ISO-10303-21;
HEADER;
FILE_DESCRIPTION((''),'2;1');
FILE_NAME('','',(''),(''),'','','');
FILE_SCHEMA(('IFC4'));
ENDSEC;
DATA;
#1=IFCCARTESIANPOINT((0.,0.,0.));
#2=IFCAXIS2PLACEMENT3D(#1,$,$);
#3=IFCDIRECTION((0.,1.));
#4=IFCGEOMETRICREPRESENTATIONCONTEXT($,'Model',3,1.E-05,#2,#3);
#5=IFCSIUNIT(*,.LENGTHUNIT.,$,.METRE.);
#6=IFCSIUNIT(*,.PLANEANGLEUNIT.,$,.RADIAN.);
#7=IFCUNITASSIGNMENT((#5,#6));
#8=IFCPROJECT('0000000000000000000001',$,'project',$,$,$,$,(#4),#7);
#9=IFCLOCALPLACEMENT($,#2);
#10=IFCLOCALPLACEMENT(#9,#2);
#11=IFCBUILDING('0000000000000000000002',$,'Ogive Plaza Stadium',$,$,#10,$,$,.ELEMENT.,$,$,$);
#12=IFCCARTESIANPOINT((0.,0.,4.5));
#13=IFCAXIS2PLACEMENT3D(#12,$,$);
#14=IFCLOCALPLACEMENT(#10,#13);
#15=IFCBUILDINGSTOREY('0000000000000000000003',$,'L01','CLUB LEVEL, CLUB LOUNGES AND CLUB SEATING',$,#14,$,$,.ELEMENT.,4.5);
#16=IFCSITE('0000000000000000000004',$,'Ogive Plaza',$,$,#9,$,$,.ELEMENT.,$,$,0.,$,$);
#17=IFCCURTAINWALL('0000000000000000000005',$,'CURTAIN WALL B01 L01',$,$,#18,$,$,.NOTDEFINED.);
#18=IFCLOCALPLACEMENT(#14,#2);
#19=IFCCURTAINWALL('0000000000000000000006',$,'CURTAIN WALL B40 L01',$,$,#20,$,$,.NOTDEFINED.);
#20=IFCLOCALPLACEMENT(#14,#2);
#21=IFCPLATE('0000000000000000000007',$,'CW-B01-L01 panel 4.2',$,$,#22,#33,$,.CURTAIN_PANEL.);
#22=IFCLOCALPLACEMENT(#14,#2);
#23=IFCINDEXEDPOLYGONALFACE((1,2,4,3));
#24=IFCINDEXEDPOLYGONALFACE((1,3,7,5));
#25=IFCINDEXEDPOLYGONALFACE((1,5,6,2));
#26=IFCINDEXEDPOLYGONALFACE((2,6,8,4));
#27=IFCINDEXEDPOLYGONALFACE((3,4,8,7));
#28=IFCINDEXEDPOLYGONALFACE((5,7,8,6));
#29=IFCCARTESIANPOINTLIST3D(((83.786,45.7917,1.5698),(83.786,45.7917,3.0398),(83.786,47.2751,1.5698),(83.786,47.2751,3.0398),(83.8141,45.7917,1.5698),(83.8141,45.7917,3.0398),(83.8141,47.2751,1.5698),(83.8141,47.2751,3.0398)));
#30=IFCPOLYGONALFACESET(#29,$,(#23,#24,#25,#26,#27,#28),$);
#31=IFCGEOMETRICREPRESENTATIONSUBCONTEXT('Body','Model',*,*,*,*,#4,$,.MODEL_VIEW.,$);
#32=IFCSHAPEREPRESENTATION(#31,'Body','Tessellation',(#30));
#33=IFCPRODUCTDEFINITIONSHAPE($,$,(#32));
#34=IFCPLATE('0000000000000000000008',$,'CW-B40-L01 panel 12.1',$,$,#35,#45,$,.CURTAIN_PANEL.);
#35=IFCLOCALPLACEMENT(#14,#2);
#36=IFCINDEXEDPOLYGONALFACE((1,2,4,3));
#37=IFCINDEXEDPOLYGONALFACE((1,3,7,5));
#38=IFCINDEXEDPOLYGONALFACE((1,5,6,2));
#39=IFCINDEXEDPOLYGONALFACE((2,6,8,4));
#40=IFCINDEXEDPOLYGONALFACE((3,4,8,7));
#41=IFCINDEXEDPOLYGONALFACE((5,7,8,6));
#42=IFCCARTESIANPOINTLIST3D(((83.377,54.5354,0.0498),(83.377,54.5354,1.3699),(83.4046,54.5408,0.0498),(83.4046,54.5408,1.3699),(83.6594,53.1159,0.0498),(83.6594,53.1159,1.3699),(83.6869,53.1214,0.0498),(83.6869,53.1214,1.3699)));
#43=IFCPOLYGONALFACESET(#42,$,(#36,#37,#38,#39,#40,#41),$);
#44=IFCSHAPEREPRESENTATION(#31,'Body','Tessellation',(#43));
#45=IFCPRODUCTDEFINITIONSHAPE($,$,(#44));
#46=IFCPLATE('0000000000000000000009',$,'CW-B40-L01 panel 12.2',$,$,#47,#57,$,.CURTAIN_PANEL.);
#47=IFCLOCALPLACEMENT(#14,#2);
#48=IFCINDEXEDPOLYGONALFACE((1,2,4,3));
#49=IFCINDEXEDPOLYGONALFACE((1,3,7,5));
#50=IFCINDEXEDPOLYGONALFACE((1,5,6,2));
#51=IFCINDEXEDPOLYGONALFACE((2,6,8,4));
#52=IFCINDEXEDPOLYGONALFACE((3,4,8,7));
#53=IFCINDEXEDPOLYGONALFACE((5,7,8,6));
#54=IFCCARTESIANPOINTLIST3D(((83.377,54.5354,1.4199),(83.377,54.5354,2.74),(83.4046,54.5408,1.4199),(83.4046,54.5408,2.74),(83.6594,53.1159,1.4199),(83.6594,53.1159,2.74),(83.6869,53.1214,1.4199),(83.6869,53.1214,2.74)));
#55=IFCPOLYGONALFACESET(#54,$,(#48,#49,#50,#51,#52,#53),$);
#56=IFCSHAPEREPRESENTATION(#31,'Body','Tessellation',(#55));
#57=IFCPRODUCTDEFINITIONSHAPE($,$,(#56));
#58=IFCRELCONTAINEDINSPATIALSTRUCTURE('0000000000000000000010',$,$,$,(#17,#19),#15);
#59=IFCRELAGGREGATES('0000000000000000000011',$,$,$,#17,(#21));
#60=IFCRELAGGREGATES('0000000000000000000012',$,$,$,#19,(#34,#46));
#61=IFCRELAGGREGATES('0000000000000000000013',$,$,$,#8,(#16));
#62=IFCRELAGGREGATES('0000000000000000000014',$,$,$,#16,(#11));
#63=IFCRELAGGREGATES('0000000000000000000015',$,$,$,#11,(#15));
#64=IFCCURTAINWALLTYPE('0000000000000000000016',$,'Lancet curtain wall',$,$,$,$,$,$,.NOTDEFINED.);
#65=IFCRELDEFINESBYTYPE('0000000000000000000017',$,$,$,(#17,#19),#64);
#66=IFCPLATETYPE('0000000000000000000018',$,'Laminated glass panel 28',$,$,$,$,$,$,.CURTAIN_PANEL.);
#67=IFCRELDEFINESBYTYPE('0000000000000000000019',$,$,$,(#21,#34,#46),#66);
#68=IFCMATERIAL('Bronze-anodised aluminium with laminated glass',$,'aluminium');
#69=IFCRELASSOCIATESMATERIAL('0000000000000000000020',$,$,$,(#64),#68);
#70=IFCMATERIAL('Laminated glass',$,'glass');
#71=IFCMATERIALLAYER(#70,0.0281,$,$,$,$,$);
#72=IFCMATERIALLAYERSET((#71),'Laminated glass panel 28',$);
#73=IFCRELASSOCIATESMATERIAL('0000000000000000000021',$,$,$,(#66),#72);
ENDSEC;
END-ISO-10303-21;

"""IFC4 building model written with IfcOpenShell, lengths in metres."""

from ifc_helpers import new_model, si_unit, direction, frame, origin, origin_2d, place, context, subcontext, project, spatial, rectangle, extrude, material, layer, layer_set, type_object, element, aggregate, save


model = new_model("IFC4")

# Units and contexts
model_context = context("Model", 3, precision=1e-05, world=origin(), true_north=direction((0.0, 1.0)))
body_context = subcontext(model_context, "Body", "Model", "MODEL_VIEW")
ifc_project = project(units=[si_unit("LENGTHUNIT", "METRE"), si_unit("PLANEANGLEUNIT", "RADIAN")], contexts=[model_context])

# Site, building, storey
site_placement = place(None, origin())
site = spatial("IfcSite", under=ifc_project, at=site_placement, Name="Ogive Plaza", CompositionType="ELEMENT", RefElevation=0.0)
building_placement = place(site_placement, origin())
building = spatial("IfcBuilding", under=site, at=building_placement, Name="Ogive Plaza Stadium", CompositionType="ELEMENT")
storey_placement = place(building_placement, frame((0.0, 0.0, 4.5)))
storey = spatial("IfcBuildingStorey", under=building, at=storey_placement, Name="L01", Description="CLUB LEVEL, CLUB LOUNGES AND CLUB SEATING", CompositionType="ELEMENT", Elevation=4.5)

# Curtain wall
ifc_material_1 = material(Name="Bronze-anodised aluminium with laminated glass", Category="aluminium")
curtain_wall_type = type_object("IfcCurtainWallType", Name="Lancet curtain wall", PredefinedType="NOTDEFINED", material=ifc_material_1)
curtain_wall_1_placement = place(storey_placement, origin())
curtain_wall_1 = element("IfcCurtainWall", 1, at=curtain_wall_1_placement, inside=storey, type_object=curtain_wall_type, Name="CURTAIN WALL B01 L01", PredefinedType="NOTDEFINED")

# Curtain wall
curtain_wall_2_placement = place(storey_placement, origin())
curtain_wall_2 = element("IfcCurtainWall", 2, at=curtain_wall_2_placement, inside=storey, type_object=curtain_wall_type, Name="CURTAIN WALL B40 L01", PredefinedType="NOTDEFINED")

# Plates
ifc_material_2 = material(Name="Laminated glass", Category="glass")
ifc_layer = layer(ifc_material_2, 0.0281)
ifc_layer_set = layer_set([ifc_layer], Name="Laminated glass panel 28")
plate_type = type_object("IfcPlateType", Name="Laminated glass panel 28", PredefinedType="CURTAIN_PANEL", material=ifc_layer_set)
plate_1_placement = place(storey_placement, frame((83.8, 46.5334, 1.5698), z_axis=(0.0, 0.0, 1.0), x_axis=(0.0, -1.0, 0.0)))
plate_1 = element("IfcPlate", 3, at=plate_1_placement, type_object=plate_type, Name="CW-B01-L01 panel 4.2", PredefinedType="CURTAIN_PANEL", context=body_context, shape_type="SweptSolid", body=[
    extrude(rectangle(XDim=1.4834, YDim=0.0281, at=origin_2d()), origin(), (0.0, 0.0, 1.0), 1.47),
])
aggregate(curtain_wall_1, [plate_1])
plate_2_placement = place(storey_placement, frame((83.532, 53.8284, 0.0498), z_axis=(0.0, 0.0, 1.0), x_axis=(0.19509, -0.980785, 0.0)))
plate_2 = element("IfcPlate", 4, at=plate_2_placement, type_object=plate_type, Name="CW-B40-L01 panel 12.1", PredefinedType="CURTAIN_PANEL", context=body_context, shape_type="SweptSolid", body=[
    extrude(rectangle(XDim=1.4473, YDim=0.0281, at=origin_2d()), origin(), (0.0, 0.0, 1.0), 1.3201),
])
plate_3_placement = place(storey_placement, frame((83.532, 53.8284, 1.4199), z_axis=(0.0, 0.0, 1.0), x_axis=(0.19509, -0.980785, 0.0)))
plate_3 = element("IfcPlate", 5, at=plate_3_placement, type_object=plate_type, Name="CW-B40-L01 panel 12.2", PredefinedType="CURTAIN_PANEL", context=body_context, shape_type="SweptSolid", body=[
    extrude(rectangle(XDim=1.4473, YDim=0.0281, at=origin_2d()), origin(), (0.0, 0.0, 1.0), 1.3201),
])
aggregate(curtain_wall_2, [plate_2, plate_3])

save(model, "model.ifc")
